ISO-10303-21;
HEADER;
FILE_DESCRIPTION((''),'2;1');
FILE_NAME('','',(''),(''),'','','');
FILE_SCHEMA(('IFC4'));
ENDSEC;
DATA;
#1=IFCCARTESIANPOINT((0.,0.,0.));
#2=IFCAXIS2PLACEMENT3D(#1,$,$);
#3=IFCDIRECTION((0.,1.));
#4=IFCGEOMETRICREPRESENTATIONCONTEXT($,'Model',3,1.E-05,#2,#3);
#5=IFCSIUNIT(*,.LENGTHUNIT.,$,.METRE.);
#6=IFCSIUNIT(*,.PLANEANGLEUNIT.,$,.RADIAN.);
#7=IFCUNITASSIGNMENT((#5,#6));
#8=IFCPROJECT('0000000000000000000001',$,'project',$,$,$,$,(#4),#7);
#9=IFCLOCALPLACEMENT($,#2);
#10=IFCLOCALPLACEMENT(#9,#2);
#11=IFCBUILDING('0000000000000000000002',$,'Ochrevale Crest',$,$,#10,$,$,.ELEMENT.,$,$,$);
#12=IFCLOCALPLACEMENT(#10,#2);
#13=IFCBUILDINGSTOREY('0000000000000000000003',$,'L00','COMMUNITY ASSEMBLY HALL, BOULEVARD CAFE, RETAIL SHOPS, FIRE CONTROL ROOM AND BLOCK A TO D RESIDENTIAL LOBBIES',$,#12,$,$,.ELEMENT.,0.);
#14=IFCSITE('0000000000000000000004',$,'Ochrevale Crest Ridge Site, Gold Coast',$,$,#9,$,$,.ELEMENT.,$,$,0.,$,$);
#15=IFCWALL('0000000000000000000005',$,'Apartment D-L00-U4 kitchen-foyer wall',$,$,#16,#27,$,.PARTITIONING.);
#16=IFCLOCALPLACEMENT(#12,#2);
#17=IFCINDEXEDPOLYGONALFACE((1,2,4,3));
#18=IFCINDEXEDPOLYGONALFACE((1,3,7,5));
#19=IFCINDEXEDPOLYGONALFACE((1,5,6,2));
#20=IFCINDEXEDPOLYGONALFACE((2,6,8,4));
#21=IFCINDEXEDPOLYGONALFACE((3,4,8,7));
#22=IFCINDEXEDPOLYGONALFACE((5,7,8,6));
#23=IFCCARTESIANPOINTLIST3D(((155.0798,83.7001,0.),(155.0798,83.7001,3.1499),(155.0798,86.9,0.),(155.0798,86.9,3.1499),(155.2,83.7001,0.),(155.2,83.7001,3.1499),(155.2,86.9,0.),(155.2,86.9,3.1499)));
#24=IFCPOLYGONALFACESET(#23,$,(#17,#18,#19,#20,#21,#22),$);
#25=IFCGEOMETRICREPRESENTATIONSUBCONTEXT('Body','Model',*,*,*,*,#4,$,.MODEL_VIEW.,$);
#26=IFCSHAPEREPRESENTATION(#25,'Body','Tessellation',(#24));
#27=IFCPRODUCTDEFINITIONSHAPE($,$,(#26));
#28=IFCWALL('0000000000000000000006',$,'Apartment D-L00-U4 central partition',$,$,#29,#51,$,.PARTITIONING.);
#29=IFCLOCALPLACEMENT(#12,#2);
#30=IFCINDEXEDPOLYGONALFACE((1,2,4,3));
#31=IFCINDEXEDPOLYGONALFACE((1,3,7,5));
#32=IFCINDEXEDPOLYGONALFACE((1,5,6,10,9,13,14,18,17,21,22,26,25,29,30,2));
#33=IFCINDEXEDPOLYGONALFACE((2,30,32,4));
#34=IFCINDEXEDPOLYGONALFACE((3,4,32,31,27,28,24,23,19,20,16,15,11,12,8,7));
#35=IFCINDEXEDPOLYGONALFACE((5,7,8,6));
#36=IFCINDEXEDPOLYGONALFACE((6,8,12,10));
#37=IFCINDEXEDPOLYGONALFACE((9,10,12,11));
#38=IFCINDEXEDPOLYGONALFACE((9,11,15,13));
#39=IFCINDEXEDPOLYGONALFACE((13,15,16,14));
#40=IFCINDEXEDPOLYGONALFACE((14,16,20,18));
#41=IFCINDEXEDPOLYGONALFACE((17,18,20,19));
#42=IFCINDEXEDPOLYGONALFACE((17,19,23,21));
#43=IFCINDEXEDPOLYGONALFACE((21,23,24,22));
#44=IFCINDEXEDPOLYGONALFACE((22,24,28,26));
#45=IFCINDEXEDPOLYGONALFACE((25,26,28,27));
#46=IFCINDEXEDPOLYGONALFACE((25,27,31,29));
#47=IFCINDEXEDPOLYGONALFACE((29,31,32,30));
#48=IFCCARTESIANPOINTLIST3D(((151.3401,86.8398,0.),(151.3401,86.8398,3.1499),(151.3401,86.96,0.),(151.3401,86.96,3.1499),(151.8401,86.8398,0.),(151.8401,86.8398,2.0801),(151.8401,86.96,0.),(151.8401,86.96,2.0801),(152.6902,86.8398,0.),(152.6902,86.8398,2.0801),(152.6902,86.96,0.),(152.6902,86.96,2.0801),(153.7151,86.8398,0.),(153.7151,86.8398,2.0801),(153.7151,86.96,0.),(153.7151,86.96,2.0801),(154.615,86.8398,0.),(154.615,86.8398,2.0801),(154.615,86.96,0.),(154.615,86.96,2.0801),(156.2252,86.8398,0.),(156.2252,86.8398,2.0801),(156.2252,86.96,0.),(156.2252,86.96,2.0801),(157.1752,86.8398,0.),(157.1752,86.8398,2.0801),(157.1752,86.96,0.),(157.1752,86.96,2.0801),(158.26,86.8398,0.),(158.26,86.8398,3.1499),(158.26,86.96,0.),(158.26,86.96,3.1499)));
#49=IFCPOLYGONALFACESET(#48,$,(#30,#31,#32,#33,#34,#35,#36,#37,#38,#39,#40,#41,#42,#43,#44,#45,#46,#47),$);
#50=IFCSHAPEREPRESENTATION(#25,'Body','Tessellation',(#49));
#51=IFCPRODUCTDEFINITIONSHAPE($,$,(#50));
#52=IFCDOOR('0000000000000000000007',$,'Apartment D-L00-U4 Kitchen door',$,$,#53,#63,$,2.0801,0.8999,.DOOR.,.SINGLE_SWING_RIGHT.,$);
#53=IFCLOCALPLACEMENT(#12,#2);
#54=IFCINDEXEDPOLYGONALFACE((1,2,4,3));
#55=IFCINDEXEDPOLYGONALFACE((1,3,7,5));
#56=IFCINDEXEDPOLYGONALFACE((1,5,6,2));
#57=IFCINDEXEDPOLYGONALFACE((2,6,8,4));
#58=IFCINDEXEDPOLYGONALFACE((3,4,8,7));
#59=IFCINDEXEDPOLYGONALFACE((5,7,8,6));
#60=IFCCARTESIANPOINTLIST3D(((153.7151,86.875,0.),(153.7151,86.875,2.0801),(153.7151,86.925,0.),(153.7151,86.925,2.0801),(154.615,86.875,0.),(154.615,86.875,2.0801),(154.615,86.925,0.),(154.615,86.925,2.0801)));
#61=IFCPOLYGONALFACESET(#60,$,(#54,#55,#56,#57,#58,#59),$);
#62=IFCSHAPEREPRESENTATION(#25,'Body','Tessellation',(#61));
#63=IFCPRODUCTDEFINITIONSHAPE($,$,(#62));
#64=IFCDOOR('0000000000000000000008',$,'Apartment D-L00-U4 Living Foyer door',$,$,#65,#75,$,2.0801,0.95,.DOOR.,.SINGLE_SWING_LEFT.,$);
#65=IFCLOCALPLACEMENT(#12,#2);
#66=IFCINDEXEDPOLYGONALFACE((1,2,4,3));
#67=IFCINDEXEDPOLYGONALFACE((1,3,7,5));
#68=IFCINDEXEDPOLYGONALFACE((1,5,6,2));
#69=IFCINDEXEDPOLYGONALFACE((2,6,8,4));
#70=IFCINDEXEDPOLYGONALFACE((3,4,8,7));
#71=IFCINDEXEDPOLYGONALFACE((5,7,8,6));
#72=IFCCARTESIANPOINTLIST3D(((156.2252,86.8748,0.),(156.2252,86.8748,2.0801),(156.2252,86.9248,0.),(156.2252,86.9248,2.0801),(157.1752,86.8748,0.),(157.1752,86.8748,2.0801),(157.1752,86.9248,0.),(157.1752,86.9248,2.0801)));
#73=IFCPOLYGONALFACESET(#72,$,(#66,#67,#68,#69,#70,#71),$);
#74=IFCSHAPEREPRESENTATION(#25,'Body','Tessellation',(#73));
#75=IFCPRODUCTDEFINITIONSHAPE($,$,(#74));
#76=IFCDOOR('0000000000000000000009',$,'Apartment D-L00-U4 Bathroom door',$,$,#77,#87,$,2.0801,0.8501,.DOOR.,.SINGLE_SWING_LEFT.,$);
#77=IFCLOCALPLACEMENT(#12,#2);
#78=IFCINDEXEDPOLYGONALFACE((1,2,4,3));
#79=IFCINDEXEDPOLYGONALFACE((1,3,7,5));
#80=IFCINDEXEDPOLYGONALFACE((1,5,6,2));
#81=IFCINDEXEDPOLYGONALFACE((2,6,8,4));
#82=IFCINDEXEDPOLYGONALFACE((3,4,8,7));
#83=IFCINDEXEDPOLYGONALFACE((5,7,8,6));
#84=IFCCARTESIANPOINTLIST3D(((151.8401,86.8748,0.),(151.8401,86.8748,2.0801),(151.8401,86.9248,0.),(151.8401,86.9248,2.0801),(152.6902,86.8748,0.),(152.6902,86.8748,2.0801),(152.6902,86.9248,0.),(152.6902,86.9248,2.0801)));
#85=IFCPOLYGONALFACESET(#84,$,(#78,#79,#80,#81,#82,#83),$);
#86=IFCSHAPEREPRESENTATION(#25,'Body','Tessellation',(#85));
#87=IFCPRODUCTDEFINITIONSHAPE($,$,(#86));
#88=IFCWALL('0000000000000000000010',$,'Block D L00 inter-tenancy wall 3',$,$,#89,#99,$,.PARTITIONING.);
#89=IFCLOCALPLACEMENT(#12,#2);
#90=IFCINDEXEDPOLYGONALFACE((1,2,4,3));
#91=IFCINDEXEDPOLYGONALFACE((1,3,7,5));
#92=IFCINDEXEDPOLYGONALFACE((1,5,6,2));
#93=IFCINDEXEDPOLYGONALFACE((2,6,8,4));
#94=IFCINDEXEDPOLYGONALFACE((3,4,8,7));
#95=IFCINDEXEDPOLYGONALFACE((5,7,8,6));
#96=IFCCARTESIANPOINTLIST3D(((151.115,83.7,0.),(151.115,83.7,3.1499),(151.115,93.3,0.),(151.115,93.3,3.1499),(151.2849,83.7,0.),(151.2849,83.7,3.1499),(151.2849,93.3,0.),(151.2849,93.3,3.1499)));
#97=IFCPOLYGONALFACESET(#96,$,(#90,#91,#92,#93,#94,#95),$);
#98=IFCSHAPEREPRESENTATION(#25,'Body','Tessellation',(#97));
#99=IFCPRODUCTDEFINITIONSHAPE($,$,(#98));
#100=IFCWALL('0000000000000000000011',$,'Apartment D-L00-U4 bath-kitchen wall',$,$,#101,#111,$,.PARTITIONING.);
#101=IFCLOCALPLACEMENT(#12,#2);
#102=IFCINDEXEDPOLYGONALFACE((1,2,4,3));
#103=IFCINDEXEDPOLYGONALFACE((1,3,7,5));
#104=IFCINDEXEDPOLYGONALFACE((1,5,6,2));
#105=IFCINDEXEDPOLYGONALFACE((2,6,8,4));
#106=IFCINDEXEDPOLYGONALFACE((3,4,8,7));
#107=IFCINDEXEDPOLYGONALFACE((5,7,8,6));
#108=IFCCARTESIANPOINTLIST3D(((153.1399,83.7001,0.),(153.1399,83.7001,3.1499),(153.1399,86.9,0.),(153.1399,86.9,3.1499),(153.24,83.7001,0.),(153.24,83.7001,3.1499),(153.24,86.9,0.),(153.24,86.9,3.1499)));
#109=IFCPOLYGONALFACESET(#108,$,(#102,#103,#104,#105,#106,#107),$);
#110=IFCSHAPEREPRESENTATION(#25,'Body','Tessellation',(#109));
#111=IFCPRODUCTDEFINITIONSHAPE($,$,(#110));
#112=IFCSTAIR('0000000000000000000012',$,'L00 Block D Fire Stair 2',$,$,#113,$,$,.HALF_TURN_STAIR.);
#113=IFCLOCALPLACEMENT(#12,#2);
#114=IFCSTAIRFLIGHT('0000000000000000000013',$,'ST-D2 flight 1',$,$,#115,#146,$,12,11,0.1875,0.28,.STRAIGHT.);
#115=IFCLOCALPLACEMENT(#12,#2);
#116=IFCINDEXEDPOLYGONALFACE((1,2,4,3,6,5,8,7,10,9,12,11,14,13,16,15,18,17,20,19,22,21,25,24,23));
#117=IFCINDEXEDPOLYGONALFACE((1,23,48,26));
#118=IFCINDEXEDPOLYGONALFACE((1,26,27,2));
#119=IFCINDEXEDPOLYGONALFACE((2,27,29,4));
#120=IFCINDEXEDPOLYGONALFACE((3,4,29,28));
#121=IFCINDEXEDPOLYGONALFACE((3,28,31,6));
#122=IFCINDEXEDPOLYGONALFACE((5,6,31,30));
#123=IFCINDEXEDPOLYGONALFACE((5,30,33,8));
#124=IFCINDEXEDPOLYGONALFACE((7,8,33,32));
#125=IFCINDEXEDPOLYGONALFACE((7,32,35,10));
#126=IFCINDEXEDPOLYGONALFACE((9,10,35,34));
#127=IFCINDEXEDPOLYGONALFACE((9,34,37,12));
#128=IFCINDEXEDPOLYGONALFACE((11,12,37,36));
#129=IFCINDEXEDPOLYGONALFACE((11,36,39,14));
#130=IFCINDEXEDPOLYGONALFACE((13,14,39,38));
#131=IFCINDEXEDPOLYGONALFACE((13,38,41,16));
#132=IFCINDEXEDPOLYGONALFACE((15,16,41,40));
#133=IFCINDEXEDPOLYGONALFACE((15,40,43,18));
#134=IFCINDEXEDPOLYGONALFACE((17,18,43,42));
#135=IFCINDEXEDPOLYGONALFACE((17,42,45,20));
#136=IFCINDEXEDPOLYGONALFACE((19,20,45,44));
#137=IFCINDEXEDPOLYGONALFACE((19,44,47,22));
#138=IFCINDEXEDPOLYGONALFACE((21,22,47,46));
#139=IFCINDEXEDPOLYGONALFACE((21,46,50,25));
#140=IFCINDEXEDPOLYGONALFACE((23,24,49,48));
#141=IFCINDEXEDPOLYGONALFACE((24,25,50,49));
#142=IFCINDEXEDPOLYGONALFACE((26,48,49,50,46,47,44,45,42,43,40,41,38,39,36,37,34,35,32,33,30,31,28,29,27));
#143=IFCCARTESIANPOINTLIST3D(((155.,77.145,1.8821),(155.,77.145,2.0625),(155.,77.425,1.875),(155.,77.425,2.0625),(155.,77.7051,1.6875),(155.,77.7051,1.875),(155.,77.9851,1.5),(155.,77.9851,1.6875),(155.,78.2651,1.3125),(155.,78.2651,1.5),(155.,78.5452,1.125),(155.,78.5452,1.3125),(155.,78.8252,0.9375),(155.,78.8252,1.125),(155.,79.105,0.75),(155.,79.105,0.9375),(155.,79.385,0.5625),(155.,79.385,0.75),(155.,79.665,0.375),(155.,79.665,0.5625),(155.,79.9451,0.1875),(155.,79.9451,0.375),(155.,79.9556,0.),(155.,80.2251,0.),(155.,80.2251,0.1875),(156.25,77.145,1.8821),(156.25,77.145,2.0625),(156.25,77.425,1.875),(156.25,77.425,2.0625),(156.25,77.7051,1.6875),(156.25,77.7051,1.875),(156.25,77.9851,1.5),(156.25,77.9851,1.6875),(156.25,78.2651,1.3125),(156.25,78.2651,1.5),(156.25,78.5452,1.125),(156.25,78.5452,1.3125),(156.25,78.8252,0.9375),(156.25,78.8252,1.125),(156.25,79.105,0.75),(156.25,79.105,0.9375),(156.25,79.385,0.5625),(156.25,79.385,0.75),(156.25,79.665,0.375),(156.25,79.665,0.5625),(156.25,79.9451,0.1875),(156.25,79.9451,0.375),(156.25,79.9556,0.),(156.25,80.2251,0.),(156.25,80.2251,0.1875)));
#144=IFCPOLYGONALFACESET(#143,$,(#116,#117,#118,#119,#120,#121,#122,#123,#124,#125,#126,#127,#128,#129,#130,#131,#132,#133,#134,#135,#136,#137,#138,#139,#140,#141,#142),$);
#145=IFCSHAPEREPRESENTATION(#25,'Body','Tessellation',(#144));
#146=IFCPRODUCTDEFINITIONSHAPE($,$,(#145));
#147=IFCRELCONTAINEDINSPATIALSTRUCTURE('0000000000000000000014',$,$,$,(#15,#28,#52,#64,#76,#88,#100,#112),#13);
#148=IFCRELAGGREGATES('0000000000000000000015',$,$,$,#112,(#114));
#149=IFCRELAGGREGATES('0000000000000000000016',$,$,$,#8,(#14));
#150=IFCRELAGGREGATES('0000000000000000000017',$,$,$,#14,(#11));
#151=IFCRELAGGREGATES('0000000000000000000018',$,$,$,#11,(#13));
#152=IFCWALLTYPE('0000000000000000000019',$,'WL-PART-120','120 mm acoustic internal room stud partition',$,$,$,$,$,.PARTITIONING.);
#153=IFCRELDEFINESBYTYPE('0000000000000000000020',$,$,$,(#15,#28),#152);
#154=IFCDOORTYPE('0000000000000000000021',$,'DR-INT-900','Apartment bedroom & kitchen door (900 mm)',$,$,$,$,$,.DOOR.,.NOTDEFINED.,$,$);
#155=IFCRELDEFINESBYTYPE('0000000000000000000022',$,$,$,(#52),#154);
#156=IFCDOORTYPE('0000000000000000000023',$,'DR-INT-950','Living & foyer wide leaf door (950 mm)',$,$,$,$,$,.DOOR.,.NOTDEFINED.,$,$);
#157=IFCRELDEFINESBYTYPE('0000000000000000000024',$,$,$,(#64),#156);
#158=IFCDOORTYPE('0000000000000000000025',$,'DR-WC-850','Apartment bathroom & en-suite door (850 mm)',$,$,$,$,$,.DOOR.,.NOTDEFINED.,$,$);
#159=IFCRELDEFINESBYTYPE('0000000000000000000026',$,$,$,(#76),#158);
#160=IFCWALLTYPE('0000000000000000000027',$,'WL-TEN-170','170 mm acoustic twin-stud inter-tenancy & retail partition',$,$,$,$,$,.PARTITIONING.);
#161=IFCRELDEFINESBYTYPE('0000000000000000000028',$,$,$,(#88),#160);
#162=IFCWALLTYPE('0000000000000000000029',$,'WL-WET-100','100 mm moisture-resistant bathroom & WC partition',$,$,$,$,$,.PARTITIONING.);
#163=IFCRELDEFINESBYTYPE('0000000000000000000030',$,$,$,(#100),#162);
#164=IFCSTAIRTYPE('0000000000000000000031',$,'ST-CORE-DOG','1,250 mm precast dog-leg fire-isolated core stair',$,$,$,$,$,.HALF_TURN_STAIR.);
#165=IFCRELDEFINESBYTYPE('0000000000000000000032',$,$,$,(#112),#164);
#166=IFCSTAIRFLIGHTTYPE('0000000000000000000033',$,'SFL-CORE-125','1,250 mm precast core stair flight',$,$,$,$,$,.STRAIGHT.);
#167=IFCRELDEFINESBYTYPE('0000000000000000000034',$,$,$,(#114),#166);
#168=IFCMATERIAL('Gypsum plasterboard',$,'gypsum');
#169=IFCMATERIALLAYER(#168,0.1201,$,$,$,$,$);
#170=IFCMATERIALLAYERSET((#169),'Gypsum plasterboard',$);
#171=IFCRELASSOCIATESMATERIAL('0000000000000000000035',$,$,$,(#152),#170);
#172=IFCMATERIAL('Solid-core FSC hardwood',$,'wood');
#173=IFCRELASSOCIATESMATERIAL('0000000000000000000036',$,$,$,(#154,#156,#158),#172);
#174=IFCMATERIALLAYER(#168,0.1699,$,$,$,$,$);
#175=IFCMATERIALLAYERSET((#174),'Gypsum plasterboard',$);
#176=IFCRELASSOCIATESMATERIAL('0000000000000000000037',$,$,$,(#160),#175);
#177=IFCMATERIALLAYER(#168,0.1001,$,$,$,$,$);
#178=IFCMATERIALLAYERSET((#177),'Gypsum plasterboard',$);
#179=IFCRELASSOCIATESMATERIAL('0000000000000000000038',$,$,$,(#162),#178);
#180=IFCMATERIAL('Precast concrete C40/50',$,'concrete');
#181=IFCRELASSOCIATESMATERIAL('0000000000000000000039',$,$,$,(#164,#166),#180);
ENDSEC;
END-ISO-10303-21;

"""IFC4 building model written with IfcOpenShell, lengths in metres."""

from ifc_helpers import new_model, si_unit, direction, frame, frame_2d, origin, place, context, subcontext, project, spatial, polyline, rectangle, outline, extrude, material, layer, layer_set, type_object, element, fill, aggregate, save


model = new_model("IFC4")

# Units and contexts
model_context = context("Model", 3, precision=1e-05, world=origin(), true_north=direction((0.0, 1.0)))
body_context = subcontext(model_context, "Body", "Model", "MODEL_VIEW")
ifc_project = project(units=[si_unit("LENGTHUNIT", "METRE"), si_unit("PLANEANGLEUNIT", "RADIAN")], contexts=[model_context])

# Site, building, storey
site_placement = place(None, origin())
site = spatial("IfcSite", under=ifc_project, at=site_placement, Name="Ochrevale Crest Ridge Site, Gold Coast", CompositionType="ELEMENT", RefElevation=0.0)
building_placement = place(site_placement, origin())
building = spatial("IfcBuilding", under=site, at=building_placement, Name="Ochrevale Crest", CompositionType="ELEMENT")
storey_placement = place(building_placement, origin())
storey = spatial("IfcBuildingStorey", under=building, at=storey_placement, Name="L00", Description="COMMUNITY ASSEMBLY HALL, BOULEVARD CAFE, RETAIL SHOPS, FIRE CONTROL ROOM AND BLOCK A TO D RESIDENTIAL LOBBIES", CompositionType="ELEMENT", Elevation=0.0)

# Shared definitions
ifc_material_1 = material(Name="Precast concrete C40/50", Category="concrete")

# Shared definitions
ifc_material_2 = material(Name="Gypsum plasterboard", Category="gypsum")
ifc_material_3 = material(Name="Solid-core FSC hardwood", Category="wood")

# Wall
ifc_layer_1 = layer(ifc_material_2, 0.1201)
ifc_layer_set_1 = layer_set([ifc_layer_1], Name="Gypsum plasterboard")
wall_type_1 = type_object("IfcWallType", Name="WL-PART-120", Description="120 mm acoustic internal room stud partition", PredefinedType="PARTITIONING", material=ifc_layer_set_1)
wall_1_placement = place(storey_placement, frame((155.1399, 83.7, 0.0), z_axis=(0.0, 0.0, 1.0), x_axis=(0.0, 1.0, 0.0)))
element("IfcWall", 1, at=wall_1_placement, inside=storey, type_object=wall_type_1, Name="Apartment D-L00-U4 kitchen-foyer wall", PredefinedType="PARTITIONING", context=body_context, shape_type="SweptSolid", body=[
    extrude(rectangle(XDim=3.2, YDim=0.1201, at=frame_2d((1.6001, 0.0))), origin(), (0.0, 0.0, 1.0), 3.1499),
])

# Wall, openings, doors
wall_2_placement = place(storey_placement, frame((151.3401, 86.8999, 0.0), z_axis=(0.0, 0.0, 1.0), x_axis=(1.0, 0.0, 0.0)))
wall_2 = element("IfcWall", 2, at=wall_2_placement, inside=storey, type_object=wall_type_1, Name="Apartment D-L00-U4 central partition", PredefinedType="PARTITIONING", context=body_context, shape_type="SweptSolid", body=[
    extrude(rectangle(XDim=6.9199, YDim=0.1201, at=frame_2d((3.46, 0.0))), origin(), (0.0, 0.0, 1.0), 3.1499),
])
opening_1_placement = place(wall_2_placement, frame((0.5, 0.0, 0.0)))
opening_1 = element("IfcOpeningElement", 3, at=opening_1_placement, cuts=wall_2, PredefinedType="OPENING", context=body_context, shape_type="SweptSolid", body=[
    extrude(rectangle(XDim=0.8501, YDim=2.0801, at=frame_2d((0.425, 1.04))), frame((0.0, 0.0701, 0.0), z_axis=(0.0, -1.0, 0.0), x_axis=(1.0, 0.0, 0.0)), (0.0, 0.0, 1.0), 0.1401),
])
opening_2_placement = place(wall_2_placement, frame((3.2749, 0.0, 0.0), z_axis=(0.0, 0.0, 1.0), x_axis=(-1.0, 0.0, 0.0)))
opening_2 = element("IfcOpeningElement", 4, at=opening_2_placement, cuts=wall_2, PredefinedType="OPENING", context=body_context, shape_type="SweptSolid", body=[
    extrude(rectangle(XDim=0.8999, YDim=2.0801, at=frame_2d((0.45, 1.04))), frame((0.0, 0.0701, 0.0), z_axis=(0.0, -1.0, 0.0), x_axis=(1.0, 0.0, 0.0)), (0.0, 0.0, 1.0), 0.1401),
])
opening_3_placement = place(wall_2_placement, frame((4.885, 0.0, 0.0)))
opening_3 = element("IfcOpeningElement", 5, at=opening_3_placement, cuts=wall_2, PredefinedType="OPENING", context=body_context, shape_type="SweptSolid", body=[
    extrude(rectangle(XDim=0.95, YDim=2.0801, at=frame_2d((0.4751, 1.04))), frame((0.0, 0.0701, 0.0), z_axis=(0.0, -1.0, 0.0), x_axis=(1.0, 0.0, 0.0)), (0.0, 0.0, 1.0), 0.1401),
])
door_type_1 = type_object("IfcDoorType", Name="DR-INT-900", Description="Apartment bedroom & kitchen door (900 mm)", OperationType="NOTDEFINED", PredefinedType="DOOR", material=ifc_material_3)
door_1_placement = place(opening_2_placement, origin())
door_1 = element("IfcDoor", 6, at=door_1_placement, inside=storey, type_object=door_type_1, Name="Apartment D-L00-U4 Kitchen door", OperationType="SINGLE_SWING_RIGHT", OverallHeight=2.0801, OverallWidth=0.8999, PredefinedType="DOOR", context=body_context, shape_type="SweptSolid", body=[
    extrude(rectangle(XDim=0.8999, YDim=2.0801, at=frame_2d((0.45, 1.04))), frame((0.0, 0.0249, 0.0), z_axis=(0.0, -1.0, 0.0), x_axis=(1.0, 0.0, 0.0)), (0.0, 0.0, 1.0), 0.05),
])
fill(opening_2, door_1)
door_type_2 = type_object("IfcDoorType", Name="DR-INT-950", Description="Living & foyer wide leaf door (950 mm)", OperationType="NOTDEFINED", PredefinedType="DOOR", material=ifc_material_3)
door_2_placement = place(opening_3_placement, origin())
door_2 = element("IfcDoor", 7, at=door_2_placement, inside=storey, type_object=door_type_2, Name="Apartment D-L00-U4 Living Foyer door", OperationType="SINGLE_SWING_LEFT", OverallHeight=2.0801, OverallWidth=0.95, PredefinedType="DOOR", context=body_context, shape_type="SweptSolid", body=[
    extrude(rectangle(XDim=0.95, YDim=2.0801, at=frame_2d((0.4751, 1.04))), frame((0.0, 0.0249, 0.0), z_axis=(0.0, -1.0, 0.0), x_axis=(1.0, 0.0, 0.0)), (0.0, 0.0, 1.0), 0.05),
])
fill(opening_3, door_2)
door_type_3 = type_object("IfcDoorType", Name="DR-WC-850", Description="Apartment bathroom & en-suite door (850 mm)", OperationType="NOTDEFINED", PredefinedType="DOOR", material=ifc_material_3)
door_3_placement = place(opening_1_placement, origin())
door_3 = element("IfcDoor", 8, at=door_3_placement, inside=storey, type_object=door_type_3, Name="Apartment D-L00-U4 Bathroom door", OperationType="SINGLE_SWING_LEFT", OverallHeight=2.0801, OverallWidth=0.8501, PredefinedType="DOOR", context=body_context, shape_type="SweptSolid", body=[
    extrude(rectangle(XDim=0.8501, YDim=2.0801, at=frame_2d((0.425, 1.04))), frame((0.0, 0.0249, 0.0), z_axis=(0.0, -1.0, 0.0), x_axis=(1.0, 0.0, 0.0)), (0.0, 0.0, 1.0), 0.05),
])
fill(opening_1, door_3)

# Walls
ifc_layer_2 = layer(ifc_material_2, 0.1699)
ifc_layer_set_2 = layer_set([ifc_layer_2], Name="Gypsum plasterboard")
wall_type_2 = type_object("IfcWallType", Name="WL-TEN-170", Description="170 mm acoustic twin-stud inter-tenancy & retail partition", PredefinedType="PARTITIONING", material=ifc_layer_set_2)
wall_3_placement = place(storey_placement, frame((151.2, 83.7, 0.0), z_axis=(0.0, 0.0, 1.0), x_axis=(0.0, 1.0, 0.0)))
element("IfcWall", 9, at=wall_3_placement, inside=storey, type_object=wall_type_2, Name="Block D L00 inter-tenancy wall 3", PredefinedType="PARTITIONING", context=body_context, shape_type="SweptSolid", body=[
    extrude(rectangle(XDim=9.6001, YDim=0.1699, at=frame_2d((4.8, 0.0))), origin(), (0.0, 0.0, 1.0), 3.1499),
])
ifc_layer_3 = layer(ifc_material_2, 0.1001)
ifc_layer_set_3 = layer_set([ifc_layer_3], Name="Gypsum plasterboard")
wall_type_3 = type_object("IfcWallType", Name="WL-WET-100", Description="100 mm moisture-resistant bathroom & WC partition", PredefinedType="PARTITIONING", material=ifc_layer_set_3)
wall_4_placement = place(storey_placement, frame((153.1899, 83.7, 0.0), z_axis=(0.0, 0.0, 1.0), x_axis=(0.0, 1.0, 0.0)))
element("IfcWall", 10, at=wall_4_placement, inside=storey, type_object=wall_type_3, Name="Apartment D-L00-U4 bath-kitchen wall", PredefinedType="PARTITIONING", context=body_context, shape_type="SweptSolid", body=[
    extrude(rectangle(XDim=3.2, YDim=0.1001, at=frame_2d((1.6001, 0.0))), origin(), (0.0, 0.0, 1.0), 3.1499),
])

# Stair, stair flight
stair_type = type_object("IfcStairType", Name="ST-CORE-DOG", Description="1,250 mm precast dog-leg fire-isolated core stair", PredefinedType="HALF_TURN_STAIR", material=ifc_material_1)
stair_placement = place(storey_placement, origin())
stair = element("IfcStair", 11, at=stair_placement, inside=storey, type_object=stair_type, Name="L00 Block D Fire Stair 2", PredefinedType="HALF_TURN_STAIR")
stair_flight_type = type_object("IfcStairFlightType", Name="SFL-CORE-125", Description="1,250 mm precast core stair flight", PredefinedType="STRAIGHT", material=ifc_material_1)
stair_flight_placement = place(storey_placement, frame((155.625, 80.2251, 0.0), z_axis=(0.0, 0.0, 1.0), x_axis=(0.0, -1.0, 0.0)))
stair_flight = element("IfcStairFlight", 12, at=stair_flight_placement, type_object=stair_flight_type, Name="ST-D2 flight 1", NumberOfRisers=12, NumberOfTreads=11, PredefinedType="STRAIGHT", RiserHeight=0.1875, TreadLength=0.28, context=body_context, shape_type="SweptSolid", body=[
    extrude(outline(polyline([(0.0, 0.0), (0.0, 0.1875), (0.28, 0.1875), (0.28, 0.375), (0.5601, 0.375), (0.5601, 0.5625), (0.8401, 0.5625), (0.8401, 0.75), (1.1201, 0.75), (1.1201, 0.9375), (1.3999, 0.9375), (1.3999, 1.125), (1.6799, 1.125), (1.6799, 1.3125), (1.96, 1.3125), (1.96, 1.5), (2.24, 1.5), (2.24, 1.6875), (2.52, 1.6875), (2.52, 1.875), (2.8, 1.875), (2.8, 2.0625), (3.0801, 2.0625), (3.0801, 2.25), (3.0801, 1.8821), (0.2695, 0.0), (0.0, 0.0)])), frame((0.0, 0.625, 0.0), z_axis=(0.0, -1.0, 0.0), x_axis=(1.0, 0.0, 0.0)), (0.0, 0.0, 1.0), 1.25),
])
aggregate(stair, [stair_flight])

save(model, "model.ifc")
